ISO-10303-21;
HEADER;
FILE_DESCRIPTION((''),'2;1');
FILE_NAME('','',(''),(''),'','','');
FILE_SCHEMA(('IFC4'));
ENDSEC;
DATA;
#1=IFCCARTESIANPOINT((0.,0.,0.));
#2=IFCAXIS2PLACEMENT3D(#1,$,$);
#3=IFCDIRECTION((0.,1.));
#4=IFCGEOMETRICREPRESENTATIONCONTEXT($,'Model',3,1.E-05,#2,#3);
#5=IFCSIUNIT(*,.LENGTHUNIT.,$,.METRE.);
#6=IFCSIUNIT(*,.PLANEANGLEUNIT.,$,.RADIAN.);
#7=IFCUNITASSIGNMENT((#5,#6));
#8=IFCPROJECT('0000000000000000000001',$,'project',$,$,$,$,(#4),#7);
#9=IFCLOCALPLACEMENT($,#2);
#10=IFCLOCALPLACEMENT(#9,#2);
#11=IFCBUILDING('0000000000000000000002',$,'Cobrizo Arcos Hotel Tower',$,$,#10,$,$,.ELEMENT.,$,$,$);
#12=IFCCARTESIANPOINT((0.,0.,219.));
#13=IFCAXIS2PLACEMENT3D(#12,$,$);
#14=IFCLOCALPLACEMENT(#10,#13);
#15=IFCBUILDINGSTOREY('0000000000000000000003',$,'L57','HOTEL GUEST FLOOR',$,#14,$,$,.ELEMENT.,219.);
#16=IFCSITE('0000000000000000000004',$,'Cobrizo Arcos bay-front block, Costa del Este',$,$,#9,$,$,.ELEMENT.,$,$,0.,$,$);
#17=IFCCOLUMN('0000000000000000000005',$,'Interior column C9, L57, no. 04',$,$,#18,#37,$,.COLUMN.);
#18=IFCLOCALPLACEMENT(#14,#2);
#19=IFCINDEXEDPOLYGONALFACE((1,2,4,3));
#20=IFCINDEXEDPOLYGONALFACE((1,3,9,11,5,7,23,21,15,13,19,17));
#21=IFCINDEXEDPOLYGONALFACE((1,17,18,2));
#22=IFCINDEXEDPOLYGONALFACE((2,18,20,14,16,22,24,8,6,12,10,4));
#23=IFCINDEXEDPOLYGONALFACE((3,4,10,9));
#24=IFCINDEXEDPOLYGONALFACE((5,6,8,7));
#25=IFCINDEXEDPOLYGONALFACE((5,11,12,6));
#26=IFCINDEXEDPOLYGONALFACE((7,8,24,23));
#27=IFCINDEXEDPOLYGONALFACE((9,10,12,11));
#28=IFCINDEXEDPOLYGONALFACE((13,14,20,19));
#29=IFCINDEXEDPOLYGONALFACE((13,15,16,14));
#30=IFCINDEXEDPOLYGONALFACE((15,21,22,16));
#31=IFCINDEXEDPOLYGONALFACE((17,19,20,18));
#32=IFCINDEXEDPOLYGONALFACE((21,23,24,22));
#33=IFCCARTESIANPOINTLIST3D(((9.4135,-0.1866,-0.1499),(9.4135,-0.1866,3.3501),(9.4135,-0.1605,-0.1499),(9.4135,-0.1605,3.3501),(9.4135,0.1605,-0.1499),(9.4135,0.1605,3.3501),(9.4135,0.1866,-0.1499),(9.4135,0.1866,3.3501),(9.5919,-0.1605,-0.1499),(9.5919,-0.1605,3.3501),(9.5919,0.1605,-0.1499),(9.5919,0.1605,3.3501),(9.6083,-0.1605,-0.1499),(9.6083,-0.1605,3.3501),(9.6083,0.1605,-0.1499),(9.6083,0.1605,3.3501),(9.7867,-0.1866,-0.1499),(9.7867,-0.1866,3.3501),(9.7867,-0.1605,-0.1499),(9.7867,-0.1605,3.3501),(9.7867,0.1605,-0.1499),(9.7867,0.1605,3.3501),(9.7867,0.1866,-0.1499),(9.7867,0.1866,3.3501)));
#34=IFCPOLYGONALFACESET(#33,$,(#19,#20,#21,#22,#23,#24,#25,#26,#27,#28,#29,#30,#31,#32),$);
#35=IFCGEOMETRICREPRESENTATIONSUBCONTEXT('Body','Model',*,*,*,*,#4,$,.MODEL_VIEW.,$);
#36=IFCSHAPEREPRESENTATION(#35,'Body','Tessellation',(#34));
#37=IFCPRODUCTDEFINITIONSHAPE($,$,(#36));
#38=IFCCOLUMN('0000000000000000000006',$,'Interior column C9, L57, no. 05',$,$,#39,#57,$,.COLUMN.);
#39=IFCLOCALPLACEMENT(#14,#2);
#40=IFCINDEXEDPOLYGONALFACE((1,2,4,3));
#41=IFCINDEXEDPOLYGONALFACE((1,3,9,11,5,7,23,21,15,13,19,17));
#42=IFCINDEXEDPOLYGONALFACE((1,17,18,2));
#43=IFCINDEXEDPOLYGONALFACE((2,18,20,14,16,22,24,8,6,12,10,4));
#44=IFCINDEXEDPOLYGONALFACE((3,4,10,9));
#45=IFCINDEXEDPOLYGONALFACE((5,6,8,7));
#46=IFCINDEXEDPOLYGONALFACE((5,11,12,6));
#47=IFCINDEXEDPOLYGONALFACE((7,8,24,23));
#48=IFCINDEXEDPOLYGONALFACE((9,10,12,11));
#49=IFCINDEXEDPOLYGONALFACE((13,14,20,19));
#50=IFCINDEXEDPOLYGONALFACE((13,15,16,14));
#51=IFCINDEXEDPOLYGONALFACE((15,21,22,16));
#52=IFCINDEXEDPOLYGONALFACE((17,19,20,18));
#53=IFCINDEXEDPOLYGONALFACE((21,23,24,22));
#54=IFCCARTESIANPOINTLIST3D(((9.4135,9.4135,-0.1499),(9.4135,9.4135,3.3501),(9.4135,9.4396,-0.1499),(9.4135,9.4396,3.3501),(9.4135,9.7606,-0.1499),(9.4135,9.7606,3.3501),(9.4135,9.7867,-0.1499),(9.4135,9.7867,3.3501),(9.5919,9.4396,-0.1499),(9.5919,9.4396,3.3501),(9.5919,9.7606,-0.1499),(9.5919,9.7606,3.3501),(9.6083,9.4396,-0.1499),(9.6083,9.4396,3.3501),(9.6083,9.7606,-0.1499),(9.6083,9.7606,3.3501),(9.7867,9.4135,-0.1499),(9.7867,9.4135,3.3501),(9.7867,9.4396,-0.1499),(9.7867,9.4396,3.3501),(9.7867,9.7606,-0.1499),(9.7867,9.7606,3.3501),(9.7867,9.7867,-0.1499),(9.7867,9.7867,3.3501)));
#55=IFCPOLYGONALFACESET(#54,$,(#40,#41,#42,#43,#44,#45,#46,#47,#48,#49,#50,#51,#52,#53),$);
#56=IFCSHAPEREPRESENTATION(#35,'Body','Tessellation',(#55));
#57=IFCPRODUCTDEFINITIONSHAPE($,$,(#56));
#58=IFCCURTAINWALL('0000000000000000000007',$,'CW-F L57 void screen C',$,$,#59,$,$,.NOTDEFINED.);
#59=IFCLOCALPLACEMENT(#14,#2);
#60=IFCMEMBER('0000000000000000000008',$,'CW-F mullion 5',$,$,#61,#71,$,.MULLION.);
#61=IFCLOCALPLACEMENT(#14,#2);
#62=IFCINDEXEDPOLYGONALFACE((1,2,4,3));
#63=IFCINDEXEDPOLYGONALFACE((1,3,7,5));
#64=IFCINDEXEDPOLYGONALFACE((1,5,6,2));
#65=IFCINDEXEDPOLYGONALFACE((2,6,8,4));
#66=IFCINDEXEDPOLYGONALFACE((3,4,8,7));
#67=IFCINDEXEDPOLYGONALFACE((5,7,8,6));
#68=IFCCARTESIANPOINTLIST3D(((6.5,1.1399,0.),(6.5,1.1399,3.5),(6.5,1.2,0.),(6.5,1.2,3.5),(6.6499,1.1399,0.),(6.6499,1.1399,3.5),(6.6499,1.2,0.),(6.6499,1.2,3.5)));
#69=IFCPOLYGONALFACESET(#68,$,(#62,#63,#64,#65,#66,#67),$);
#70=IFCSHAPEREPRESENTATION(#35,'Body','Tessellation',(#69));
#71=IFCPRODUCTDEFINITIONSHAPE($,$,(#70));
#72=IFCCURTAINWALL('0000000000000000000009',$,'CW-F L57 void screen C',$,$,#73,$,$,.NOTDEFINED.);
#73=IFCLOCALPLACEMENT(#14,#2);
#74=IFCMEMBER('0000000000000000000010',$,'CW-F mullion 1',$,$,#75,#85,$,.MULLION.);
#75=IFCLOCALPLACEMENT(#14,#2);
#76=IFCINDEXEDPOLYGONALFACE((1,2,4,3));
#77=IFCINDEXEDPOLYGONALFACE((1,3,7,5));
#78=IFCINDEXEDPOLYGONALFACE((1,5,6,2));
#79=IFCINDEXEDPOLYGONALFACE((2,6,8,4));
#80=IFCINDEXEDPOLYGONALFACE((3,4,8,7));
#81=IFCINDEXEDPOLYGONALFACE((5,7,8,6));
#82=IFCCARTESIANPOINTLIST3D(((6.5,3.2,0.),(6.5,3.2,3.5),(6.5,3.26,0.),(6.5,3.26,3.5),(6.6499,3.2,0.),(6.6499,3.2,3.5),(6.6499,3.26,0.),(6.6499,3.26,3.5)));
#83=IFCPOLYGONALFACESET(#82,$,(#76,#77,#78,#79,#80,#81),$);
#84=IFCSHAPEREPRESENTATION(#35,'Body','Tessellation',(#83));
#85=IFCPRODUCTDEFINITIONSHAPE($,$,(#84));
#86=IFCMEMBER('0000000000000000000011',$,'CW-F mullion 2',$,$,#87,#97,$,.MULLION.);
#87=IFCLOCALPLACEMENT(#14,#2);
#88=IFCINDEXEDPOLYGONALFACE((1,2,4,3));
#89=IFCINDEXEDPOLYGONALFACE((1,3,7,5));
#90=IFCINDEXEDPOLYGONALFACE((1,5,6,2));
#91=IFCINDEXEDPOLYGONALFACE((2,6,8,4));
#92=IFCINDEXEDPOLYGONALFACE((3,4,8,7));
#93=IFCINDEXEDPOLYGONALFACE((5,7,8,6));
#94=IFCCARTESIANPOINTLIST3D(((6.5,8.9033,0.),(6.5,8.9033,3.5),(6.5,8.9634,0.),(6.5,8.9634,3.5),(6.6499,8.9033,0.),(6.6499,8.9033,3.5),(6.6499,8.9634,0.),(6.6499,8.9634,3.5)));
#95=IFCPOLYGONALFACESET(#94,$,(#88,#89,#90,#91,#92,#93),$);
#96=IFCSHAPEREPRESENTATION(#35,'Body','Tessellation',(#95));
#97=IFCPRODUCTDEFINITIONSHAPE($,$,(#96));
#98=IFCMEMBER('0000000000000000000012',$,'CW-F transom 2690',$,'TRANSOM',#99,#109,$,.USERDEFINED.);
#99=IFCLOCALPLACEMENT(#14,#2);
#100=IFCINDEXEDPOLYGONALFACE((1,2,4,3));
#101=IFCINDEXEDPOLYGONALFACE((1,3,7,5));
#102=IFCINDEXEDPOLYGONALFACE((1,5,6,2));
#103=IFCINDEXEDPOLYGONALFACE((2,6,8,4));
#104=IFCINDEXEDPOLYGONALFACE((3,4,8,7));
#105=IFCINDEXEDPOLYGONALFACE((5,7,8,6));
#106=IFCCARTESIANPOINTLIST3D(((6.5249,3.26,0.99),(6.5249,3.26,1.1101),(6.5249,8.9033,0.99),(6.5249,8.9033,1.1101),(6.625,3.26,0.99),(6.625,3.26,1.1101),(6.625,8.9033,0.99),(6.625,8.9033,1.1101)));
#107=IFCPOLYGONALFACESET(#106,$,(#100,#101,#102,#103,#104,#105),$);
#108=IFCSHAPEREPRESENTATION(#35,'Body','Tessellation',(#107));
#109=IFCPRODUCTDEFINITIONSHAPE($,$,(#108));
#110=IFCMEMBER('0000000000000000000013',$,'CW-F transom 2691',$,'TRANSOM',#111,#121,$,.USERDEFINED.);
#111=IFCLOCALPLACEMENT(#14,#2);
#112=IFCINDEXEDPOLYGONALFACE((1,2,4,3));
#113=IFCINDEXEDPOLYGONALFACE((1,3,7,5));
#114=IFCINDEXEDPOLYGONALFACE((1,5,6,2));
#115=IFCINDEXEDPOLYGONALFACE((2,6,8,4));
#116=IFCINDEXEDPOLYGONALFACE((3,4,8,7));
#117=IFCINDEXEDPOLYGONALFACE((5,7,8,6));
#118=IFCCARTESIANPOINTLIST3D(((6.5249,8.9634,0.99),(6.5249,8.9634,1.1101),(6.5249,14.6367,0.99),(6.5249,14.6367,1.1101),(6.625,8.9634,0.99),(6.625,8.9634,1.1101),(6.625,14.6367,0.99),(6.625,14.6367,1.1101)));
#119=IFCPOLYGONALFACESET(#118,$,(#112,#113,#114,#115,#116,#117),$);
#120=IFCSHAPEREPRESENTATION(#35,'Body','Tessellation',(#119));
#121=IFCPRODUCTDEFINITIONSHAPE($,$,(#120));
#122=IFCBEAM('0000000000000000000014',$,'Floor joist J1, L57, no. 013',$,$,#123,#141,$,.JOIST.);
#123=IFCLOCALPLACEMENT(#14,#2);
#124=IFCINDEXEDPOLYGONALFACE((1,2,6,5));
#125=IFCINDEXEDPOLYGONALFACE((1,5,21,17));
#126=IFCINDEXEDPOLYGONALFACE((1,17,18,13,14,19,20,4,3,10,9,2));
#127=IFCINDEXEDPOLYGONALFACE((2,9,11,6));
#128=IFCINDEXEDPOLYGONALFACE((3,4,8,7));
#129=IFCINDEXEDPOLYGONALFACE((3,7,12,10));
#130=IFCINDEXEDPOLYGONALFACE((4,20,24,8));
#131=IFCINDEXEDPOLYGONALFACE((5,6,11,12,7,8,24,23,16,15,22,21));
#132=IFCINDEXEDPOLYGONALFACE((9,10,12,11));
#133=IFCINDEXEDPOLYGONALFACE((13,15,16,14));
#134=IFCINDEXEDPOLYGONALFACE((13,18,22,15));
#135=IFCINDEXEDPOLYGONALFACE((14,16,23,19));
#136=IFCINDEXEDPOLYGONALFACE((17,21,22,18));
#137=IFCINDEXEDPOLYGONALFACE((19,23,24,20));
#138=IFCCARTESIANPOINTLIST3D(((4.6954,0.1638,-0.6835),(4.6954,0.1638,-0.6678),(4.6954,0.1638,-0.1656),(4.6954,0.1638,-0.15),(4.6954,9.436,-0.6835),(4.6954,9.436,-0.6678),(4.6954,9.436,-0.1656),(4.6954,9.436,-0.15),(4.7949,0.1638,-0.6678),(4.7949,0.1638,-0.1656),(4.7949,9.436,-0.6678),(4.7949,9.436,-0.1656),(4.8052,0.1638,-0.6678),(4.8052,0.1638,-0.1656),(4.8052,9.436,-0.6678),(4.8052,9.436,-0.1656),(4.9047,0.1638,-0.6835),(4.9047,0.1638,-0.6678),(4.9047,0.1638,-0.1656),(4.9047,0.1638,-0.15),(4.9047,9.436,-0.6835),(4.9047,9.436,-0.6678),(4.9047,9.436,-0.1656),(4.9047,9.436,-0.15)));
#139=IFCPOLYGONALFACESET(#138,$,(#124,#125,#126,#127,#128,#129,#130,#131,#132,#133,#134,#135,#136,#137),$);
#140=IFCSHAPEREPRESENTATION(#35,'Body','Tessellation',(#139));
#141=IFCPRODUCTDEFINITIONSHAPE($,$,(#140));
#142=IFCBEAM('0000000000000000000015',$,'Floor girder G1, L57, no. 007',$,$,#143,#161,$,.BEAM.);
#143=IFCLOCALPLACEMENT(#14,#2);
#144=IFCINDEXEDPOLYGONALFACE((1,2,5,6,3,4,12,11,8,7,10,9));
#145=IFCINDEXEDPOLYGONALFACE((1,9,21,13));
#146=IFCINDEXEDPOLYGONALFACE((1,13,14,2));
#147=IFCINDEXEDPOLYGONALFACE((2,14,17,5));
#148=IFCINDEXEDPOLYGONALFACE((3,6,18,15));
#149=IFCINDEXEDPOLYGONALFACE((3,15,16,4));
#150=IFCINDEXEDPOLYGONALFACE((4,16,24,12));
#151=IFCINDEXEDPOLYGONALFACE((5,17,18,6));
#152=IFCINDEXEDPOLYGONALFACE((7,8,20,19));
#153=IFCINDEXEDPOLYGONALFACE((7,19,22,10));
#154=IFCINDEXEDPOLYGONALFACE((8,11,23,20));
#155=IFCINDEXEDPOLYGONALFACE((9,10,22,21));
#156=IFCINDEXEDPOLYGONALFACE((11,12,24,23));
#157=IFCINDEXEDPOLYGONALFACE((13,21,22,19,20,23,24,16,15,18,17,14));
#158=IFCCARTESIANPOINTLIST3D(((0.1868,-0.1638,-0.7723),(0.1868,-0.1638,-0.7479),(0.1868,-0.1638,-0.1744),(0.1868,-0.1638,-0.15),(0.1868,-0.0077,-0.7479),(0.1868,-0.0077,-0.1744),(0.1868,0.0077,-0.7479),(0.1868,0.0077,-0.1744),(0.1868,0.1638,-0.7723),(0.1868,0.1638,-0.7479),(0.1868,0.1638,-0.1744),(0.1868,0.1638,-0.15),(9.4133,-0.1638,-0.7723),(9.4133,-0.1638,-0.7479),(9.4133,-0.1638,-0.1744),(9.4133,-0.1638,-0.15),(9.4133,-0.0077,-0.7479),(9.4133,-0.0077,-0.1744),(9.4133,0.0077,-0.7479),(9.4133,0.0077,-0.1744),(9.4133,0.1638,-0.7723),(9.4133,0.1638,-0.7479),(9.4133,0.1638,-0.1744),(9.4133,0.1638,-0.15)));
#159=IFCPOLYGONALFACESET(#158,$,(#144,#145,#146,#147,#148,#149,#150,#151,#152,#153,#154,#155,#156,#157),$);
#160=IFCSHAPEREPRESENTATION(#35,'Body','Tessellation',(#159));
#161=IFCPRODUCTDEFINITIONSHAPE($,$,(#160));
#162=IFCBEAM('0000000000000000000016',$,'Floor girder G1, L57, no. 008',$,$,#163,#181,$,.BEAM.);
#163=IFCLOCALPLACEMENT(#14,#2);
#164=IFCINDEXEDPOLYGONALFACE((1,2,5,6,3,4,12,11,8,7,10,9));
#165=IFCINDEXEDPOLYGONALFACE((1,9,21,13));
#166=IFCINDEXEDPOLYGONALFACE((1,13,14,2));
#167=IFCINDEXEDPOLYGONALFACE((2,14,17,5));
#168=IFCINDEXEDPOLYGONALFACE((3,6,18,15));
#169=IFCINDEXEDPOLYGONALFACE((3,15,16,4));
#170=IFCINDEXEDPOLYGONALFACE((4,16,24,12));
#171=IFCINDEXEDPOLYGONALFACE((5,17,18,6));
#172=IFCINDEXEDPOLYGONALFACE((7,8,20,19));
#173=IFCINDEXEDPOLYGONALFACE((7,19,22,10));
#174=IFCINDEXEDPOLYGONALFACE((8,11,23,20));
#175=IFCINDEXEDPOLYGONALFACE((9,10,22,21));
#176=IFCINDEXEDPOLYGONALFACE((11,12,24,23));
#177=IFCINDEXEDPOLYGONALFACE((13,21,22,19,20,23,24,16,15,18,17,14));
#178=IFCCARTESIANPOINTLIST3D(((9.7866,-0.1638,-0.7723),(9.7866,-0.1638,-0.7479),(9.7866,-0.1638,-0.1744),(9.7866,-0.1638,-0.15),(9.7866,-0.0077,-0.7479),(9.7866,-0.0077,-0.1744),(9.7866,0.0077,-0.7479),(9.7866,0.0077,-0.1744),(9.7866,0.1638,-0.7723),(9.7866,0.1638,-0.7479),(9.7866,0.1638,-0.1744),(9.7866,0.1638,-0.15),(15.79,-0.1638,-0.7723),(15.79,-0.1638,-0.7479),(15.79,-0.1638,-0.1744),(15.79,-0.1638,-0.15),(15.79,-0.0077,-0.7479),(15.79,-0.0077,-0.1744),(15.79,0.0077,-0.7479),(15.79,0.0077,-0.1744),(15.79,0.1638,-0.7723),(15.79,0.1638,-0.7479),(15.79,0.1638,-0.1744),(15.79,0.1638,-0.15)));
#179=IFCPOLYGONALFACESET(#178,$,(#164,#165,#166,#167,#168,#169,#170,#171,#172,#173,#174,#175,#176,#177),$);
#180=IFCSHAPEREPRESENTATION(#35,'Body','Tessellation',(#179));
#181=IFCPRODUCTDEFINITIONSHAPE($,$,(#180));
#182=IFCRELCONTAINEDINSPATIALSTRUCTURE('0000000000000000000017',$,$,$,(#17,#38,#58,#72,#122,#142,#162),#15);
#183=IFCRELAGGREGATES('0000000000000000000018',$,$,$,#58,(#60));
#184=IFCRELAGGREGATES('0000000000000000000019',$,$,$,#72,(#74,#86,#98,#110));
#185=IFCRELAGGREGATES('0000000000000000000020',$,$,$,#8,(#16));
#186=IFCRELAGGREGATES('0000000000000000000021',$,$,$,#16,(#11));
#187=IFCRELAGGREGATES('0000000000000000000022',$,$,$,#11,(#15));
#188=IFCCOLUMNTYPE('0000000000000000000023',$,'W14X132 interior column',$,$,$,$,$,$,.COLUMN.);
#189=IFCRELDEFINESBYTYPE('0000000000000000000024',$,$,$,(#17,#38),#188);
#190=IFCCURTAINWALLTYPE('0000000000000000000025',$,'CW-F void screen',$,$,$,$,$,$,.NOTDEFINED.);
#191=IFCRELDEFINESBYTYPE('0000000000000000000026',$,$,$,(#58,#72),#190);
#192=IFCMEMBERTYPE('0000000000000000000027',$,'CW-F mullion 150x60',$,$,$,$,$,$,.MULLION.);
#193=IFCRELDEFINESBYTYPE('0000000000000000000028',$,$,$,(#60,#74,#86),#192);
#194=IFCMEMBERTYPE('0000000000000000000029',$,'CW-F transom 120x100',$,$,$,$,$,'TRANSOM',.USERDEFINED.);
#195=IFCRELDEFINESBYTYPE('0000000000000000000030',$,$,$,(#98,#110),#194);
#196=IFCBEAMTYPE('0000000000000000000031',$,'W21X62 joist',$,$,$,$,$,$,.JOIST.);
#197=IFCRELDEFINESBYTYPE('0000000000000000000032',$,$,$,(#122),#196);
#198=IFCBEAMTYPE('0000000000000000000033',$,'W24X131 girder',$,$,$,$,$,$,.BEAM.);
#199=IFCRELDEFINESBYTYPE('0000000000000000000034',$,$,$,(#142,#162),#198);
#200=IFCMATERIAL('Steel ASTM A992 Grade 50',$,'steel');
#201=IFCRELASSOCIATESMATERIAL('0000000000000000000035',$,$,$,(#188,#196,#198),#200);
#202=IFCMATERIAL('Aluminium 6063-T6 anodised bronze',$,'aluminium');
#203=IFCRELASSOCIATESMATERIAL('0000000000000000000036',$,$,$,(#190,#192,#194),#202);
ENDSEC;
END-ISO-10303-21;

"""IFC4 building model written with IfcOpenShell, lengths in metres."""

from ifc_helpers import new_model, si_unit, direction, frame, origin, origin_2d, place, context, subcontext, project, spatial, rectangle, i_section, extrude, material, material_profile, profile_set, type_object, element, aggregate, save


model = new_model("IFC4")

# Units and contexts
model_context = context("Model", 3, precision=1e-05, world=origin(), true_north=direction((0.0, 1.0)))
body_context = subcontext(model_context, "Body", "Model", "MODEL_VIEW")
ifc_project = project(units=[si_unit("LENGTHUNIT", "METRE"), si_unit("PLANEANGLEUNIT", "RADIAN")], contexts=[model_context])

# Site, building, storey
site_placement = place(None, origin())
site = spatial("IfcSite", under=ifc_project, at=site_placement, Name="Cobrizo Arcos bay-front block, Costa del Este", CompositionType="ELEMENT", RefElevation=0.0)
building_placement = place(site_placement, origin())
building = spatial("IfcBuilding", under=site, at=building_placement, Name="Cobrizo Arcos Hotel Tower", CompositionType="ELEMENT")
storey_placement = place(building_placement, frame((0.0, 0.0, 219.0)))
storey = spatial("IfcBuildingStorey", under=building, at=storey_placement, Name="L57", Description="HOTEL GUEST FLOOR", CompositionType="ELEMENT", Elevation=219.0)

# Columns
ifc_material_1 = material(Name="Steel ASTM A992 Grade 50", Category="steel")
ifc_material_profile_1 = material_profile(ifc_material_1, i_section(OverallWidth=0.3733, OverallDepth=0.3733, WebThickness=0.0164, FlangeThickness=0.0261, at=origin_2d()), Name="W14X132")
ifc_profile_set_1 = profile_set([ifc_material_profile_1], Name="Steel ASTM A992 Grade 50")
column_type = type_object("IfcColumnType", Name="W14X132 interior column", PredefinedType="COLUMN", material=ifc_profile_set_1)
for number, where, z_axis, x_axis, name in (
    (1, (9.6001, 0.0, -0.1499), (0.0, 0.0, 1.0), (1.0, 0.0, 0.0), "Interior column C9, L57, no. 04"),
    (2, (9.6001, 9.6001, -0.1499), (0.0, 0.0, 1.0), (1.0, 0.0, 0.0), "Interior column C9, L57, no. 05"),
):
    element("IfcColumn", number, at=place(storey_placement, frame(where, z_axis=z_axis, x_axis=x_axis)), inside=storey, type_object=column_type, Name=name, PredefinedType="COLUMN", context=body_context, shape_type="SweptSolid", body=[
        extrude(i_section(OverallWidth=0.3733, OverallDepth=0.3733, WebThickness=0.0164, FlangeThickness=0.0261, at=origin_2d()), origin(), (0.0, 0.0, 1.0), 3.5),
    ])

# Curtain wall, member
ifc_material_2 = material(Name="Aluminium 6063-T6 anodised bronze", Category="aluminium")
curtain_wall_type = type_object("IfcCurtainWallType", Name="CW-F void screen", PredefinedType="NOTDEFINED", material=ifc_material_2)
curtain_wall_1_placement = place(storey_placement, origin())
curtain_wall_1 = element("IfcCurtainWall", 3, at=curtain_wall_1_placement, inside=storey, type_object=curtain_wall_type, Name="CW-F L57 void screen C", PredefinedType="NOTDEFINED")
ifc_material_profile_2 = material_profile(ifc_material_2, rectangle(XDim=0.1499, YDim=0.0601, at=origin_2d()), Name="CW-F mullion 150x60")
ifc_profile_set_2 = profile_set([ifc_material_profile_2], Name="Aluminium 6063-T6 anodised bronze")
member_type_1 = type_object("IfcMemberType", Name="CW-F mullion 150x60", PredefinedType="MULLION", material=ifc_profile_set_2)
member_1_placement = place(storey_placement, frame((6.575, 1.1699, 0.0), z_axis=(0.0, 0.0, 1.0), x_axis=(1.0, 0.0, 0.0)))
member_1 = element("IfcMember", 4, at=member_1_placement, type_object=member_type_1, Name="CW-F mullion 5", PredefinedType="MULLION", context=body_context, shape_type="SweptSolid", body=[
    extrude(rectangle(XDim=0.1499, YDim=0.0601, at=origin_2d()), origin(), (0.0, 0.0, 1.0), 3.5),
])
aggregate(curtain_wall_1, [member_1])

# Curtain wall, members
curtain_wall_2_placement = place(storey_placement, origin())
curtain_wall_2 = element("IfcCurtainWall", 5, at=curtain_wall_2_placement, inside=storey, type_object=curtain_wall_type, Name="CW-F L57 void screen C", PredefinedType="NOTDEFINED")
member_2_placement = place(storey_placement, frame((6.575, 3.23, 0.0), z_axis=(0.0, 0.0, 1.0), x_axis=(1.0, 0.0, 0.0)))
member_2 = element("IfcMember", 6, at=member_2_placement, type_object=member_type_1, Name="CW-F mullion 1", PredefinedType="MULLION", context=body_context, shape_type="SweptSolid", body=[
    extrude(rectangle(XDim=0.1499, YDim=0.0601, at=origin_2d()), origin(), (0.0, 0.0, 1.0), 3.5),
])
member_3_placement = place(storey_placement, frame((6.575, 8.9333, 0.0), z_axis=(0.0, 0.0, 1.0), x_axis=(1.0, 0.0, 0.0)))
member_3 = element("IfcMember", 7, at=member_3_placement, type_object=member_type_1, Name="CW-F mullion 2", PredefinedType="MULLION", context=body_context, shape_type="SweptSolid", body=[
    extrude(rectangle(XDim=0.1499, YDim=0.0601, at=origin_2d()), origin(), (0.0, 0.0, 1.0), 3.5),
])
ifc_material_profile_3 = material_profile(ifc_material_2, rectangle(XDim=0.1001, YDim=0.1201, at=origin_2d()), Name="CW-F transom 120x100")
ifc_profile_set_3 = profile_set([ifc_material_profile_3], Name="Aluminium 6063-T6 anodised bronze")
member_type_2 = type_object("IfcMemberType", Name="CW-F transom 120x100", ElementType="TRANSOM", PredefinedType="USERDEFINED", material=ifc_profile_set_3)
member_4_placement = place(storey_placement, frame((6.575, 3.26, 1.05), z_axis=(0.0, 1.0, 0.0), x_axis=(-1.0, 0.0, 0.0)))
member_4 = element("IfcMember", 8, at=member_4_placement, type_object=member_type_2, Name="CW-F transom 2690", ObjectType="TRANSOM", PredefinedType="USERDEFINED", context=body_context, shape_type="SweptSolid", body=[
    extrude(rectangle(XDim=0.1001, YDim=0.1201, at=origin_2d()), origin(), (0.0, 0.0, 1.0), 5.6433),
])
member_5_placement = place(storey_placement, frame((6.575, 8.9634, 1.05), z_axis=(0.0, 1.0, 0.0), x_axis=(-1.0, 0.0, 0.0)))
member_5 = element("IfcMember", 9, at=member_5_placement, type_object=member_type_2, Name="CW-F transom 2691", ObjectType="TRANSOM", PredefinedType="USERDEFINED", context=body_context, shape_type="SweptSolid", body=[
    extrude(rectangle(XDim=0.1001, YDim=0.1201, at=origin_2d()), origin(), (0.0, 0.0, 1.0), 5.6733),
])

# Beams
ifc_material_profile_4 = material_profile(ifc_material_1, i_section(OverallWidth=0.2092, OverallDepth=0.5334, WebThickness=0.0103, FlangeThickness=0.0156, at=origin_2d()), Name="W21X62")
ifc_profile_set_4 = profile_set([ifc_material_profile_4], Name="Steel ASTM A992 Grade 50")
beam_type_1 = type_object("IfcBeamType", Name="W21X62 joist", PredefinedType="JOIST", material=ifc_profile_set_4)
beam_1_placement = place(storey_placement, frame((4.8, 0.1638, -0.4167), z_axis=(0.0, 1.0, 0.0), x_axis=(-1.0, 0.0, 0.0)))
element("IfcBeam", 10, at=beam_1_placement, inside=storey, type_object=beam_type_1, Name="Floor joist J1, L57, no. 013", PredefinedType="JOIST", context=body_context, shape_type="SweptSolid", body=[
    extrude(i_section(OverallWidth=0.2092, OverallDepth=0.5334, WebThickness=0.0103, FlangeThickness=0.0156, at=origin_2d()), origin(), (0.0, 0.0, 1.0), 9.2722),
])
ifc_material_profile_5 = material_profile(ifc_material_1, i_section(OverallWidth=0.3276, OverallDepth=0.6223, WebThickness=0.0154, FlangeThickness=0.0244, at=origin_2d()), Name="W24X131")
ifc_profile_set_5 = profile_set([ifc_material_profile_5], Name="Steel ASTM A992 Grade 50")
beam_type_2 = type_object("IfcBeamType", Name="W24X131 girder", PredefinedType="BEAM", material=ifc_profile_set_5)
beam_2_placement = place(storey_placement, frame((0.1868, 0.0, -0.4612), z_axis=(1.0, 0.0, 0.0), x_axis=(0.0, 1.0, 0.0)))
element("IfcBeam", 11, at=beam_2_placement, inside=storey, type_object=beam_type_2, Name="Floor girder G1, L57, no. 007", PredefinedType="BEAM", context=body_context, shape_type="SweptSolid", body=[
    extrude(i_section(OverallWidth=0.3276, OverallDepth=0.6223, WebThickness=0.0154, FlangeThickness=0.0244, at=origin_2d()), origin(), (0.0, 0.0, 1.0), 9.2266),
])
beam_3_placement = place(storey_placement, frame((9.7866, 0.0, -0.4612), z_axis=(1.0, 0.0, 0.0), x_axis=(0.0, 1.0, 0.0)))
element("IfcBeam", 12, at=beam_3_placement, inside=storey, type_object=beam_type_2, Name="Floor girder G1, L57, no. 008", PredefinedType="BEAM", context=body_context, shape_type="SweptSolid", body=[
    extrude(i_section(OverallWidth=0.3276, OverallDepth=0.6223, WebThickness=0.0154, FlangeThickness=0.0244, at=origin_2d()), origin(), (0.0, 0.0, 1.0), 6.0034),
])

aggregate(curtain_wall_2, [member_2, member_3, member_4, member_5])

save(model, "model.ifc")
